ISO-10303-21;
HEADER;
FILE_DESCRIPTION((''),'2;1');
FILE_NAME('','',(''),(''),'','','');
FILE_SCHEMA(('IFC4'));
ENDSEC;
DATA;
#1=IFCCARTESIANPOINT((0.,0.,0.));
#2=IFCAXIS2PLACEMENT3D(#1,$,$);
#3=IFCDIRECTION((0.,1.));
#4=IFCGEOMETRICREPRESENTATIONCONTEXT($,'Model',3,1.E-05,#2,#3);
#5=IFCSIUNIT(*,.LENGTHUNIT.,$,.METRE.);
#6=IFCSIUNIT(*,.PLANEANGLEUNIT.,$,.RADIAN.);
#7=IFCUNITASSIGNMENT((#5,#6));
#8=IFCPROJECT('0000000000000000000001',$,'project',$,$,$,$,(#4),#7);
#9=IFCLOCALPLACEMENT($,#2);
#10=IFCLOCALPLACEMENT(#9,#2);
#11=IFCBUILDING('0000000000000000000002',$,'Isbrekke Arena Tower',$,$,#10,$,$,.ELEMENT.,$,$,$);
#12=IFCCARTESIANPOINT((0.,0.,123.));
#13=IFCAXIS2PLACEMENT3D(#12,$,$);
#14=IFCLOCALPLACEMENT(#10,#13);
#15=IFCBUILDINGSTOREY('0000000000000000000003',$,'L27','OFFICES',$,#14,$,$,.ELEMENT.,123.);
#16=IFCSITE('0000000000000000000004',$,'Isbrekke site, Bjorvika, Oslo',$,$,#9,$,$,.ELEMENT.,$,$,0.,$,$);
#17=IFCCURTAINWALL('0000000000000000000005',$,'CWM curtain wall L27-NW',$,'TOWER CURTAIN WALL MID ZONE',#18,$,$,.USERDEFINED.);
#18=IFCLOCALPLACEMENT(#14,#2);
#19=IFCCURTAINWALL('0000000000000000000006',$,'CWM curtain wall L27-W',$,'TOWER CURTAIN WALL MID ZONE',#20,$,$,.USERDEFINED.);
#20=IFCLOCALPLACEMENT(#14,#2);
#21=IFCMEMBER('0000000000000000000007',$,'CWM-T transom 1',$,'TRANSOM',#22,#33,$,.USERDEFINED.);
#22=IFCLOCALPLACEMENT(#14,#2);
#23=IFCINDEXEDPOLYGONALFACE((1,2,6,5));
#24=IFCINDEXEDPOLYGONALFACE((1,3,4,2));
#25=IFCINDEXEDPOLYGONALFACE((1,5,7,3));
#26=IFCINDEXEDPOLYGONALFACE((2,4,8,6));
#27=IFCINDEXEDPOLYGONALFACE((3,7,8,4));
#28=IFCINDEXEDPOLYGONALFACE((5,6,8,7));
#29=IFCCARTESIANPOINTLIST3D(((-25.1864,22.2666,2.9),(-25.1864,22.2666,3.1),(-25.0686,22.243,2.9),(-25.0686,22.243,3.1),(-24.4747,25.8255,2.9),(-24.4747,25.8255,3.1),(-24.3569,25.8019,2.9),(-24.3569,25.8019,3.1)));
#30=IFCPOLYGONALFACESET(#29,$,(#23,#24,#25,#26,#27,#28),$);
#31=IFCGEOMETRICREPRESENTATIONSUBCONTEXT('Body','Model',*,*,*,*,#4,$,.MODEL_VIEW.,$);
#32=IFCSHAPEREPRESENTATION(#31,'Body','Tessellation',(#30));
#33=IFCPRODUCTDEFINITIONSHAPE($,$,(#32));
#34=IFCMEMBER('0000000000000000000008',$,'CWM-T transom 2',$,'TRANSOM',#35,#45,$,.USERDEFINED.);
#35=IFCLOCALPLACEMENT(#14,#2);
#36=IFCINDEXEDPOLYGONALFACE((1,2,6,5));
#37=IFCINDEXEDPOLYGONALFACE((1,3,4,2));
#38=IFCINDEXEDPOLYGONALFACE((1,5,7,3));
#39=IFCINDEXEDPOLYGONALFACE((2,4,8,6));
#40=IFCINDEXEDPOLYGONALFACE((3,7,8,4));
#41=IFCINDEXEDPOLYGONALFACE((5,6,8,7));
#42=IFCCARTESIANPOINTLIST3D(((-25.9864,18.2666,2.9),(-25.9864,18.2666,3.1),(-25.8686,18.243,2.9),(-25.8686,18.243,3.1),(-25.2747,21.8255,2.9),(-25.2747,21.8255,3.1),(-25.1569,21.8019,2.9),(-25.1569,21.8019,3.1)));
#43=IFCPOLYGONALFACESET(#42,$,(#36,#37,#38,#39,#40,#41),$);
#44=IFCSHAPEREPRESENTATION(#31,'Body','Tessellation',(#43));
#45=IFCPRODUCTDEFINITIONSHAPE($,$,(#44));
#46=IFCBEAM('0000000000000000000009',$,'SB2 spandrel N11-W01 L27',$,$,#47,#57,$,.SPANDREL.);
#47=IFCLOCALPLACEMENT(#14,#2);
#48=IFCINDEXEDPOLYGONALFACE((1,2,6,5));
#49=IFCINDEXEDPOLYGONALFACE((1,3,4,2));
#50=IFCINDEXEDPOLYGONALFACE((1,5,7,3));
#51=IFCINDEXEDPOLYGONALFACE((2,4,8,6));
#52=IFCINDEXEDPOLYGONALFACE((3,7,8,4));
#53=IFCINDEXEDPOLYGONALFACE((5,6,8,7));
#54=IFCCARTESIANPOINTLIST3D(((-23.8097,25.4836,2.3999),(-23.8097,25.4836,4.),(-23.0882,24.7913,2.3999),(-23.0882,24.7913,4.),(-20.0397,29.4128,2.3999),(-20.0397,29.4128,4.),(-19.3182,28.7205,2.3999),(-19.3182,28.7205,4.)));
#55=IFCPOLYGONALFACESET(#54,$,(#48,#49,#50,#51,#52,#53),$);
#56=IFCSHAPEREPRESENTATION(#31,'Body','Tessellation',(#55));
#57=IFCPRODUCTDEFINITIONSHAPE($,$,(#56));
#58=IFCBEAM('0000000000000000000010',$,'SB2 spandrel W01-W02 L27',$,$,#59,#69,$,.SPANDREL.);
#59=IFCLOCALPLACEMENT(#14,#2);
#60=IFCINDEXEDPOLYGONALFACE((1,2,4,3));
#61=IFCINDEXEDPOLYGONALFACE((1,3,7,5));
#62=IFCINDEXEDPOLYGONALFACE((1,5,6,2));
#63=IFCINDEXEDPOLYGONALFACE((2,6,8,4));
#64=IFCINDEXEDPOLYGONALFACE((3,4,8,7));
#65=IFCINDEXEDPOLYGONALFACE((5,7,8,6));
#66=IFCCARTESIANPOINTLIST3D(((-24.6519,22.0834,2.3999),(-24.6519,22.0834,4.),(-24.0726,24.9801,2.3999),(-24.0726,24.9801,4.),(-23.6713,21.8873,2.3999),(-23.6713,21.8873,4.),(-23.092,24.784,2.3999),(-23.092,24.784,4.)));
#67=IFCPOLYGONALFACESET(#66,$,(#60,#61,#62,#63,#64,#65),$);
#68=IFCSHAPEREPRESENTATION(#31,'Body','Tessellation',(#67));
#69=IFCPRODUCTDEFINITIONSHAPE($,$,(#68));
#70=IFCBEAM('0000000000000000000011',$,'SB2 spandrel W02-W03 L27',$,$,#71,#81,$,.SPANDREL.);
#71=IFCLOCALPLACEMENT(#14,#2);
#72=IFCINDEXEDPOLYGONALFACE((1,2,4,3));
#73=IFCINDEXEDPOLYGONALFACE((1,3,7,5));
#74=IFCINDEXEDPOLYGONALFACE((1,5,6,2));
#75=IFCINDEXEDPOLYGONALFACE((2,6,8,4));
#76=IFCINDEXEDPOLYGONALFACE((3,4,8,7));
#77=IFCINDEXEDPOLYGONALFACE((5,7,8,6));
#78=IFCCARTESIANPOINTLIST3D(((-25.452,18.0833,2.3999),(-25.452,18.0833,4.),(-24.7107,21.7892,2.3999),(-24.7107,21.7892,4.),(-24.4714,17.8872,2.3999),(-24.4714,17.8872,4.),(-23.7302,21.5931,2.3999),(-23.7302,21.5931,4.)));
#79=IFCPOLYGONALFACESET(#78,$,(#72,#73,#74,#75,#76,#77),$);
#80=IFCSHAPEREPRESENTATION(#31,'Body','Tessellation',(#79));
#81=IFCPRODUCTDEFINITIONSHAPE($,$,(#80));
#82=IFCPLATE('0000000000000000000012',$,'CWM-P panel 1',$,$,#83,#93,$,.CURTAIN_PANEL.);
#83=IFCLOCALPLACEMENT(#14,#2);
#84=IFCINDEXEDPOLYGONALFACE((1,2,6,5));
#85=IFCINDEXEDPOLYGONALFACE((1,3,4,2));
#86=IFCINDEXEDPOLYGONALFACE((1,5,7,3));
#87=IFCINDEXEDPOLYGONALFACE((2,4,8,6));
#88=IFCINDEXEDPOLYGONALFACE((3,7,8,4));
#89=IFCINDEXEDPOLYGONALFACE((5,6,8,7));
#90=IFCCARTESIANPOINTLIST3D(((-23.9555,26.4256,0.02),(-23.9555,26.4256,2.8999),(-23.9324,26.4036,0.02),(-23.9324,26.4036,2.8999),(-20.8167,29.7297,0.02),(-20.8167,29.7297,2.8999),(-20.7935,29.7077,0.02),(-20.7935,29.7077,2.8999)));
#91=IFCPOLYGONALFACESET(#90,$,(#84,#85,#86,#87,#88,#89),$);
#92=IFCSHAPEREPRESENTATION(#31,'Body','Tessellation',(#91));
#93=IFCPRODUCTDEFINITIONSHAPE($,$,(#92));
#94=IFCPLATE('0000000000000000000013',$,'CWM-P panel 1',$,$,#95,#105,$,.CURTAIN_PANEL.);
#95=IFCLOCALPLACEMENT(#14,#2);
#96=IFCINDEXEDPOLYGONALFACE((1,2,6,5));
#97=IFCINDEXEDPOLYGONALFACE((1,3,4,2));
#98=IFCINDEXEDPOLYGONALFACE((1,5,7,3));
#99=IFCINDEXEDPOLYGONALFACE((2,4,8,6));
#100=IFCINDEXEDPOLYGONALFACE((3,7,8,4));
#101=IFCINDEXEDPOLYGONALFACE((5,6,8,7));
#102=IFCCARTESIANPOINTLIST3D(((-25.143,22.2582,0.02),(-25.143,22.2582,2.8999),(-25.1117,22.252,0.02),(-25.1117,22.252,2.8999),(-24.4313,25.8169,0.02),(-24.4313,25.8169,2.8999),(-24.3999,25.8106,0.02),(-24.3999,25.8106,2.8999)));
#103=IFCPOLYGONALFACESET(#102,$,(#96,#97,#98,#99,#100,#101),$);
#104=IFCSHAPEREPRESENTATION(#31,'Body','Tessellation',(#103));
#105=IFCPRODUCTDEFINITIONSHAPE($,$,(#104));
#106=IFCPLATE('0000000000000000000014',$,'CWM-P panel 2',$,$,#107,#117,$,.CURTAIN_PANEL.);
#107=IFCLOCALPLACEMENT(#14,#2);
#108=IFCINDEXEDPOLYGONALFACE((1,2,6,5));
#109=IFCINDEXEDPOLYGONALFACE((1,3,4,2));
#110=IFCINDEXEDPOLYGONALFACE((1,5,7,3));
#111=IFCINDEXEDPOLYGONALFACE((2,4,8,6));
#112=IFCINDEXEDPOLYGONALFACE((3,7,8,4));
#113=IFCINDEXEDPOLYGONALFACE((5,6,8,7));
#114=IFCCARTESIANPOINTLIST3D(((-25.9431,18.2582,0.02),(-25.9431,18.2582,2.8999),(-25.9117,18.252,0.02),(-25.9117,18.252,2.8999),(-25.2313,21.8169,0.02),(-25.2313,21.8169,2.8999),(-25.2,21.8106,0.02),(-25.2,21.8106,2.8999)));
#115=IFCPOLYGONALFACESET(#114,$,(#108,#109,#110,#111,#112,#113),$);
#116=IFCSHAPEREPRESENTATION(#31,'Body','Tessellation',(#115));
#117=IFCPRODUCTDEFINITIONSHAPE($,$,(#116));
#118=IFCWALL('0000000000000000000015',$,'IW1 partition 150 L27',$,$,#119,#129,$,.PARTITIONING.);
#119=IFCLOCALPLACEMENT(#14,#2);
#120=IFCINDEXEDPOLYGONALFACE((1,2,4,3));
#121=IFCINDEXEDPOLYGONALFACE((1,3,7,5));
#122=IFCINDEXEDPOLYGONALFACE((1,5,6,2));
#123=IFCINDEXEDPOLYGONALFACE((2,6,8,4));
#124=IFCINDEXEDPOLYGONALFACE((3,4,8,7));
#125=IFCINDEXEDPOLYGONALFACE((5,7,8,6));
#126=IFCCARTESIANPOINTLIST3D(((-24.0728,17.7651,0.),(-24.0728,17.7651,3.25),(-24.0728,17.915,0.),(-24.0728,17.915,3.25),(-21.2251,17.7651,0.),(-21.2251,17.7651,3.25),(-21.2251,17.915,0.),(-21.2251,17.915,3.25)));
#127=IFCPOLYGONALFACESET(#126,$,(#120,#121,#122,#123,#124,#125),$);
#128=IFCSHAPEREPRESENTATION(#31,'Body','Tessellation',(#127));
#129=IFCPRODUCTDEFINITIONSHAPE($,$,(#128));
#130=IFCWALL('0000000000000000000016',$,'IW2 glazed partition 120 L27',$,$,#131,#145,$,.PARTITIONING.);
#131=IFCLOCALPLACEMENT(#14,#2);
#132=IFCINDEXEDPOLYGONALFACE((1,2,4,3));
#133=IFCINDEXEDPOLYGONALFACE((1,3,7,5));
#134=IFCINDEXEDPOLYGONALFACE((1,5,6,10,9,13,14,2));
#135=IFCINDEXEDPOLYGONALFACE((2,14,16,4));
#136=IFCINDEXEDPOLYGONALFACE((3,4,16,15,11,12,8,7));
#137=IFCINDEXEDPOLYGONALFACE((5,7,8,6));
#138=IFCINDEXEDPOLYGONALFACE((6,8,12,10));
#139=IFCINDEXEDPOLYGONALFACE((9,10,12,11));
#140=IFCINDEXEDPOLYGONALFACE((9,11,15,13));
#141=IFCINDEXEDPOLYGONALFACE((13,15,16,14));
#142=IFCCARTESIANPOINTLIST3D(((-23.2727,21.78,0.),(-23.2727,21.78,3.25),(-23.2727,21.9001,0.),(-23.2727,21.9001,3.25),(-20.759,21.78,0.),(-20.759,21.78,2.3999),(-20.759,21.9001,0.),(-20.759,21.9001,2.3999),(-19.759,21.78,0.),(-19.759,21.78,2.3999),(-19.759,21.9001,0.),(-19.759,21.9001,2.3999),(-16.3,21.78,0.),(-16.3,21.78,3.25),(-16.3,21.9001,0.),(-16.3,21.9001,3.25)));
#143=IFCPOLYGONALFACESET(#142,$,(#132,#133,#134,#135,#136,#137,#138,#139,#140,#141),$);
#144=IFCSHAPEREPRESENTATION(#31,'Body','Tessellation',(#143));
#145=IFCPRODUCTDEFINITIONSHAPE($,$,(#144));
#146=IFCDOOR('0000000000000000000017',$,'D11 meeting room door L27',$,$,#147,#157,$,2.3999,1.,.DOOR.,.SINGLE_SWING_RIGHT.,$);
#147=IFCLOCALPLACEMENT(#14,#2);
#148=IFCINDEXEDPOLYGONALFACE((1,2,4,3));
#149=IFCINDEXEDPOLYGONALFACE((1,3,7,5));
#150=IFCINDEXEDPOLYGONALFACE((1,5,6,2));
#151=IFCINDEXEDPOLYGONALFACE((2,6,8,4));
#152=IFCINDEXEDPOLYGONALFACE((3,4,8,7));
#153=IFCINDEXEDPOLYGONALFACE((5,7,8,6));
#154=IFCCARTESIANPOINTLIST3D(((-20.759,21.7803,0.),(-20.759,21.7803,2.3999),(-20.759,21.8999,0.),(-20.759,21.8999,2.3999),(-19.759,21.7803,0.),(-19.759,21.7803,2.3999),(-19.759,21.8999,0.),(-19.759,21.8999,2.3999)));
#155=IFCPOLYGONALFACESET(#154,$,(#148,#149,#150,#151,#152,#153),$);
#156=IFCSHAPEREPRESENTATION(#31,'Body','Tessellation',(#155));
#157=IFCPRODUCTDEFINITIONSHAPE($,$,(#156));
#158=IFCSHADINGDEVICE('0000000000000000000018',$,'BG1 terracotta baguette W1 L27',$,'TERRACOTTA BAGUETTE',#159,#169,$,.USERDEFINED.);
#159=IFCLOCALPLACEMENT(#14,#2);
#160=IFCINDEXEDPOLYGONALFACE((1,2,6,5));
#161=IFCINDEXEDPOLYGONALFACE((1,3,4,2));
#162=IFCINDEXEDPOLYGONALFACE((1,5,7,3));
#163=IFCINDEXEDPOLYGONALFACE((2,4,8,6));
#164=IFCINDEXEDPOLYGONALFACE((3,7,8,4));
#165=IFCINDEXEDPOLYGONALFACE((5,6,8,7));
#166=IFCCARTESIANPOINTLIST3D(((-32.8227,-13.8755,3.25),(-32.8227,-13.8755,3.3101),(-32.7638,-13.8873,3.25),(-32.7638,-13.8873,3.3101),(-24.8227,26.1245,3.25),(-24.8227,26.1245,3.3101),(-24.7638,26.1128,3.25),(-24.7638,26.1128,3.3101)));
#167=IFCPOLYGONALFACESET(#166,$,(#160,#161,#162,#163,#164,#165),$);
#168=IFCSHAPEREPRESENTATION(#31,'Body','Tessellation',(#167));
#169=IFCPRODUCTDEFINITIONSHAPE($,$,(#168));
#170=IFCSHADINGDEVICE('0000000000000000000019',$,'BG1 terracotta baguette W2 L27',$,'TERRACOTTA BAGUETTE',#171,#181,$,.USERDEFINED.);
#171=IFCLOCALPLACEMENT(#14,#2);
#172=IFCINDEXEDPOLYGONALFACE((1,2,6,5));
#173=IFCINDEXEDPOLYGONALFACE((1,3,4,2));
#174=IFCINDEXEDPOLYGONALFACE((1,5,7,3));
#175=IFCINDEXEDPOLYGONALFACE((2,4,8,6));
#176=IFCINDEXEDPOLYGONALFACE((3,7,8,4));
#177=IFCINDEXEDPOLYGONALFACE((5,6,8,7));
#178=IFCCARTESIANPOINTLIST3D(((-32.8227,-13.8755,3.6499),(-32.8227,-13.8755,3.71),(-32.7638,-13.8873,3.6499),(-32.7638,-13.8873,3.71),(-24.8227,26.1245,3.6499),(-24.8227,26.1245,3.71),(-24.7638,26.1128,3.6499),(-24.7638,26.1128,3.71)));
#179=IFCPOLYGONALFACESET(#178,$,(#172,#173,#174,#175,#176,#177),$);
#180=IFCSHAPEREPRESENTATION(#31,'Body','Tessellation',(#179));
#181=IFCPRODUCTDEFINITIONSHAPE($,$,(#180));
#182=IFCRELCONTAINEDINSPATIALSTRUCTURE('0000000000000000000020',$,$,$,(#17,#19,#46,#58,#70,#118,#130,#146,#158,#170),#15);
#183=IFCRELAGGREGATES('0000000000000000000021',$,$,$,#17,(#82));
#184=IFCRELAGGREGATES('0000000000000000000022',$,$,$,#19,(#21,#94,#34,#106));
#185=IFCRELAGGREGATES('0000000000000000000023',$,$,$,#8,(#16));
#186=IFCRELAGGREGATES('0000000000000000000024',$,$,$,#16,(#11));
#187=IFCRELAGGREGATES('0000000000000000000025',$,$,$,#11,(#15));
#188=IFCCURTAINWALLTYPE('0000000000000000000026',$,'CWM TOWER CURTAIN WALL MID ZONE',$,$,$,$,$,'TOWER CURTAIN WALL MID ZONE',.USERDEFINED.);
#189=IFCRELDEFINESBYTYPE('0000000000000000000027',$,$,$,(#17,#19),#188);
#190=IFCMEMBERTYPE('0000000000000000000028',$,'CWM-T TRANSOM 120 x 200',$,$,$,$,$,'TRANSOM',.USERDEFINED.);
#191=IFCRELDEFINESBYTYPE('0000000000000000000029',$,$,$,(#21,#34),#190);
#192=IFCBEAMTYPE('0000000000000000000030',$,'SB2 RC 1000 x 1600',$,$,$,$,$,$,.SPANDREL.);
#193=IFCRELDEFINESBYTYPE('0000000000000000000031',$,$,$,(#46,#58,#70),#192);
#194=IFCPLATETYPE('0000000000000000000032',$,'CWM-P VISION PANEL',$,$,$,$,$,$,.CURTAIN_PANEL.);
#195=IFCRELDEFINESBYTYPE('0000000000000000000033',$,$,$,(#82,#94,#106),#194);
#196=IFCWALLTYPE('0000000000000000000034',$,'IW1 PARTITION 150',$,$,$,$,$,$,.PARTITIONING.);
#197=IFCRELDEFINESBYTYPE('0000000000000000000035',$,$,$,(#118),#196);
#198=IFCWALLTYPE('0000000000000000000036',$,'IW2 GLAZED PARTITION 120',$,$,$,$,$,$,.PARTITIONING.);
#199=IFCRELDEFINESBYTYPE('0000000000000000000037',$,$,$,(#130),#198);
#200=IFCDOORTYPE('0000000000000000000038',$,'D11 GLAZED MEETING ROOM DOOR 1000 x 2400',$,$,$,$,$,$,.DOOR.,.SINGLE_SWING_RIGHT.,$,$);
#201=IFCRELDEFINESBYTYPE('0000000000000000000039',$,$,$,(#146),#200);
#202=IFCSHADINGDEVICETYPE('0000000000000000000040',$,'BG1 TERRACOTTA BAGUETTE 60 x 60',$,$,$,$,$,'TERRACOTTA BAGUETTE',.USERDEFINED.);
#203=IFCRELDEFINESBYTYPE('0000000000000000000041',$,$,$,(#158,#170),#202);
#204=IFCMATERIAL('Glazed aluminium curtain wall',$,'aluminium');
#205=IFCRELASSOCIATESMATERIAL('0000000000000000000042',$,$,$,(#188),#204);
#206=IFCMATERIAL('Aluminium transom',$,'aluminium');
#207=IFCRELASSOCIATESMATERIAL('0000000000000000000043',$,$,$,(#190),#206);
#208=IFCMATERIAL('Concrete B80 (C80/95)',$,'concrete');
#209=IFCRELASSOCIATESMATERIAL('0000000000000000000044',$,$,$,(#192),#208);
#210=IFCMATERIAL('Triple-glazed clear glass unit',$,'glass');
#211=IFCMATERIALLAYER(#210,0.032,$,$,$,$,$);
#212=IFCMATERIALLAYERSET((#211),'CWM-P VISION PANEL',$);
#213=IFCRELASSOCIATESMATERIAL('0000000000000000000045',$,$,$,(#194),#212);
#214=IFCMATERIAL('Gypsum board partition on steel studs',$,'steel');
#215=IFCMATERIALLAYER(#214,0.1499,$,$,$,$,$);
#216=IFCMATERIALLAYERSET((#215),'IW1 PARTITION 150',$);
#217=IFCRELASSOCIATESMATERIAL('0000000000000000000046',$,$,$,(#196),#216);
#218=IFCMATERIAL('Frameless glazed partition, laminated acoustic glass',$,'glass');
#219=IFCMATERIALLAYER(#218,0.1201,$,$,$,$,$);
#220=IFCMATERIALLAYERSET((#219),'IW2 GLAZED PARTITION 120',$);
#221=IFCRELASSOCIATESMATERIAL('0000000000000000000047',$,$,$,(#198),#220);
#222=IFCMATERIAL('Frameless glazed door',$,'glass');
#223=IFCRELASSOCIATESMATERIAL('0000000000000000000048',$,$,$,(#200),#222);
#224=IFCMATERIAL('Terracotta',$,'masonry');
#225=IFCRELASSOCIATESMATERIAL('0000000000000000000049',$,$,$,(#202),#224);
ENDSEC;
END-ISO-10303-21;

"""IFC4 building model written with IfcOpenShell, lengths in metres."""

from ifc_helpers import new_model, si_unit, direction, frame, frame_2d, origin, origin_2d, place, context, subcontext, project, spatial, rectangle, extrude, material, layer, layer_set, material_profile, profile_set, type_object, element, fill, aggregate, save


model = new_model("IFC4")

# Units and contexts
model_context = context("Model", 3, precision=1e-05, world=origin(), true_north=direction((0.0, 1.0)))
body_context = subcontext(model_context, "Body", "Model", "MODEL_VIEW")
ifc_project = project(units=[si_unit("LENGTHUNIT", "METRE"), si_unit("PLANEANGLEUNIT", "RADIAN")], contexts=[model_context])

# Site, building, storey
site_placement = place(None, origin())
site = spatial("IfcSite", under=ifc_project, at=site_placement, Name="Isbrekke site, Bjorvika, Oslo", CompositionType="ELEMENT", RefElevation=0.0)
building_placement = place(site_placement, origin())
building = spatial("IfcBuilding", under=site, at=building_placement, Name="Isbrekke Arena Tower", CompositionType="ELEMENT")
storey_placement = place(building_placement, frame((0.0, 0.0, 123.0)))
storey = spatial("IfcBuildingStorey", under=building, at=storey_placement, Name="L27", Description="OFFICES", CompositionType="ELEMENT", Elevation=123.0)

# Shared definitions
ifc_material_1 = material(Name="Glazed aluminium curtain wall", Category="aluminium")
curtain_wall_type = type_object("IfcCurtainWallType", Name="CWM TOWER CURTAIN WALL MID ZONE", ElementType="TOWER CURTAIN WALL MID ZONE", PredefinedType="USERDEFINED", material=ifc_material_1)

# Curtain walls
curtain_wall_1_placement = place(storey_placement, origin())
curtain_wall_1 = element("IfcCurtainWall", 1, at=curtain_wall_1_placement, inside=storey, type_object=curtain_wall_type, Name="CWM curtain wall L27-NW", ObjectType="TOWER CURTAIN WALL MID ZONE", PredefinedType="USERDEFINED")
curtain_wall_2_placement = place(storey_placement, origin())
curtain_wall_2 = element("IfcCurtainWall", 2, at=curtain_wall_2_placement, inside=storey, type_object=curtain_wall_type, Name="CWM curtain wall L27-W", ObjectType="TOWER CURTAIN WALL MID ZONE", PredefinedType="USERDEFINED")

# Members
ifc_material_2 = material(Name="Aluminium transom", Category="aluminium")
ifc_material_profile_1 = material_profile(ifc_material_2, rectangle(XDim=0.1201, YDim=0.2, at=origin_2d()), Name="TRANSOM 120X200")
ifc_profile_set_1 = profile_set([ifc_material_profile_1], Name="Aluminium transom")
member_type_1 = type_object("IfcMemberType", Name="CWM-T TRANSOM 120 x 200", ElementType="TRANSOM", PredefinedType="USERDEFINED", material=ifc_profile_set_1)
member_1_placement = place(storey_placement, frame((-24.4158, 25.8137, 3.0), z_axis=(-0.19609, -0.980586, 0.0), x_axis=(0.980586, -0.19609, 0.0)))
member_1 = element("IfcMember", 3, at=member_1_placement, type_object=member_type_1, Name="CWM-T transom 1", ObjectType="TRANSOM", PredefinedType="USERDEFINED", context=body_context, shape_type="SweptSolid", body=[
    extrude(rectangle(XDim=0.1201, YDim=0.2, at=origin_2d()), origin(), (0.0, 0.0, 1.0), 3.6294),
])
member_2_placement = place(storey_placement, frame((-25.2158, 21.8137, 3.0), z_axis=(-0.19609, -0.980586, 0.0), x_axis=(0.980586, -0.19609, 0.0)))
member_2 = element("IfcMember", 4, at=member_2_placement, type_object=member_type_1, Name="CWM-T transom 2", ObjectType="TRANSOM", PredefinedType="USERDEFINED", context=body_context, shape_type="SweptSolid", body=[
    extrude(rectangle(XDim=0.1201, YDim=0.2, at=origin_2d()), origin(), (0.0, 0.0, 1.0), 3.6294),
])

# Beams
ifc_material_3 = material(Name="Concrete B80 (C80/95)", Category="concrete")
ifc_material_profile_2 = material_profile(ifc_material_3, rectangle(XDim=1.0, YDim=1.6001, at=origin_2d()), Name="RC 1000x1600")
ifc_profile_set_2 = profile_set([ifc_material_profile_2], Name="Concrete B80 (C80/95)")
beam_type_1 = type_object("IfcBeamType", Name="SB2 RC 1000 x 1600", PredefinedType="SPANDREL", material=ifc_profile_set_2)
beam_1_placement = place(storey_placement, frame((-19.679, 29.0667, 3.2), z_axis=(-0.69234, -0.721572, 0.0), x_axis=(0.721572, -0.69234, 0.0)))
element("IfcBeam", 5, at=beam_1_placement, inside=storey, type_object=beam_type_1, Name="SB2 spandrel N11-W01 L27", PredefinedType="SPANDREL", context=body_context, shape_type="SweptSolid", body=[
    extrude(rectangle(XDim=1.0, YDim=1.6001, at=origin_2d()), origin(), (0.0, 0.0, 1.0), 5.4453),
])
beam_2_placement = place(storey_placement, frame((-23.5823, 24.8821, 3.2), z_axis=(-0.196116, -0.980581, 0.0), x_axis=(0.980581, -0.196116, 0.0)))
element("IfcBeam", 6, at=beam_2_placement, inside=storey, type_object=beam_type_1, Name="SB2 spandrel W01-W02 L27", PredefinedType="SPANDREL", context=body_context, shape_type="SweptSolid", body=[
    extrude(rectangle(XDim=1.0, YDim=1.6001, at=origin_2d()), origin(), (0.0, 0.0, 1.0), 2.9541),
])
beam_3_placement = place(storey_placement, frame((-24.2205, 21.6912, 3.2), z_axis=(-0.196129, -0.980578, 0.0), x_axis=(0.980578, -0.196129, 0.0)))
element("IfcBeam", 7, at=beam_3_placement, inside=storey, type_object=beam_type_1, Name="SB2 spandrel W02-W03 L27", PredefinedType="SPANDREL", context=body_context, shape_type="SweptSolid", body=[
    extrude(rectangle(XDim=1.0, YDim=1.6001, at=origin_2d()), origin(), (0.0, 0.0, 1.0), 3.7793),
])

# Plates
ifc_material_4 = material(Name="Triple-glazed clear glass unit", Category="glass")
ifc_layer_1 = layer(ifc_material_4, 0.032)
ifc_layer_set_1 = layer_set([ifc_layer_1], Name="CWM-P VISION PANEL")
plate_type = type_object("IfcPlateType", Name="CWM-P VISION PANEL", PredefinedType="CURTAIN_PANEL", material=ifc_layer_set_1)
plate_1_placement = place(storey_placement, frame((-22.3745, 28.0667, 0.02), z_axis=(0.0, 0.0, 1.0), x_axis=(-0.688749, -0.724999, 0.0)))
plate_1 = element("IfcPlate", 8, at=plate_1_placement, type_object=plate_type, Name="CWM-P panel 1", PredefinedType="CURTAIN_PANEL", context=body_context, shape_type="SweptSolid", body=[
    extrude(rectangle(XDim=4.5574, YDim=0.032, at=origin_2d()), origin(), (0.0, 0.0, 1.0), 2.8799),
])
aggregate(curtain_wall_1, [plate_1])
plate_2_placement = place(storey_placement, frame((-24.7715, 24.0344, 0.02), z_axis=(0.0, 0.0, 1.0), x_axis=(-0.196116, -0.980581, 0.0)))
plate_2 = element("IfcPlate", 9, at=plate_2_placement, type_object=plate_type, Name="CWM-P panel 1", PredefinedType="CURTAIN_PANEL", context=body_context, shape_type="SweptSolid", body=[
    extrude(rectangle(XDim=3.6292, YDim=0.032, at=origin_2d()), origin(), (0.0, 0.0, 1.0), 2.8799),
])
plate_3_placement = place(storey_placement, frame((-25.5715, 20.0344, 0.02), z_axis=(0.0, 0.0, 1.0), x_axis=(-0.196116, -0.980581, 0.0)))
plate_3 = element("IfcPlate", 10, at=plate_3_placement, type_object=plate_type, Name="CWM-P panel 2", PredefinedType="CURTAIN_PANEL", context=body_context, shape_type="SweptSolid", body=[
    extrude(rectangle(XDim=3.6292, YDim=0.032, at=origin_2d()), origin(), (0.0, 0.0, 1.0), 2.8799),
])
aggregate(curtain_wall_2, [member_1, plate_2, member_2, plate_3])

# Wall
ifc_material_5 = material(Name="Gypsum board partition on steel studs", Category="steel")
ifc_layer_2 = layer(ifc_material_5, 0.1499)
ifc_layer_set_2 = layer_set([ifc_layer_2], Name="IW1 PARTITION 150")
wall_type_1 = type_object("IfcWallType", Name="IW1 PARTITION 150", PredefinedType="PARTITIONING", material=ifc_layer_set_2)
wall_1_placement = place(storey_placement, frame((-24.0728, 17.8401, 0.0), z_axis=(0.0, 0.0, 1.0), x_axis=(1.0, 0.0, 0.0)))
element("IfcWall", 11, at=wall_1_placement, inside=storey, type_object=wall_type_1, Name="IW1 partition 150 L27", PredefinedType="PARTITIONING", context=body_context, shape_type="SweptSolid", body=[
    extrude(rectangle(XDim=2.8477, YDim=0.1499, at=frame_2d((1.4238, 0.0))), origin(), (0.0, 0.0, 1.0), 3.25),
])

# Wall, opening, door
ifc_material_6 = material(Name="Frameless glazed partition, laminated acoustic glass", Category="glass")
ifc_layer_3 = layer(ifc_material_6, 0.1201)
ifc_layer_set_3 = layer_set([ifc_layer_3], Name="IW2 GLAZED PARTITION 120")
wall_type_2 = type_object("IfcWallType", Name="IW2 GLAZED PARTITION 120", PredefinedType="PARTITIONING", material=ifc_layer_set_3)
wall_2_placement = place(storey_placement, frame((-23.2727, 21.8401, 0.0), z_axis=(0.0, 0.0, 1.0), x_axis=(1.0, 0.0, 0.0)))
wall_2 = element("IfcWall", 12, at=wall_2_placement, inside=storey, type_object=wall_type_2, Name="IW2 glazed partition 120 L27", PredefinedType="PARTITIONING", context=body_context, shape_type="SweptSolid", body=[
    extrude(rectangle(XDim=6.9727, YDim=0.1201, at=frame_2d((3.4863, 0.0))), origin(), (0.0, 0.0, 1.0), 3.25),
])
opening_placement = place(wall_2_placement, frame((2.5137, 0.0, 0.0)))
opening = element("IfcOpeningElement", 13, at=opening_placement, cuts=wall_2, PredefinedType="OPENING", context=body_context, shape_type="SweptSolid", body=[
    extrude(rectangle(XDim=1.0, YDim=2.3999, at=frame_2d((0.5, 1.2))), frame((0.0, 0.075, 0.0), z_axis=(0.0, -1.0, 0.0), x_axis=(1.0, 0.0, 0.0)), (0.0, 0.0, 1.0), 0.1499),
])
ifc_material_7 = material(Name="Frameless glazed door", Category="glass")
door_type = type_object("IfcDoorType", Name="D11 GLAZED MEETING ROOM DOOR 1000 x 2400", OperationType="SINGLE_SWING_RIGHT", PredefinedType="DOOR", material=ifc_material_7)
door_placement = place(opening_placement, origin())
door = element("IfcDoor", 14, at=door_placement, inside=storey, type_object=door_type, Name="D11 meeting room door L27", OperationType="SINGLE_SWING_RIGHT", OverallHeight=2.3999, OverallWidth=1.0, PredefinedType="DOOR", context=body_context, shape_type="SweptSolid", body=[
    extrude(rectangle(XDim=1.0, YDim=2.3999, at=frame_2d((0.5, 1.2))), frame((0.0, 0.0598, 0.0), z_axis=(0.0, -1.0, 0.0), x_axis=(1.0, 0.0, 0.0)), (0.0, 0.0, 1.0), 0.1196),
])
fill(opening, door)

# Shading devices
ifc_material_8 = material(Name="Terracotta", Category="masonry")
ifc_material_profile_3 = material_profile(ifc_material_8, rectangle(XDim=0.0601, YDim=0.0601, at=origin_2d()), Name="BAGUETTE 60X60")
ifc_profile_set_3 = profile_set([ifc_material_profile_3], Name="Terracotta")
shading_device_type = type_object("IfcShadingDeviceType", Name="BG1 TERRACOTTA BAGUETTE 60 x 60", ElementType="TERRACOTTA BAGUETTE", PredefinedType="USERDEFINED", material=ifc_profile_set_3)
for number, where, z_axis, x_axis, name in (
    (15, (-24.7932, 26.1187, 3.28), (-0.196116, -0.980581, 0.0), (0.980581, -0.196116, 0.0), "BG1 terracotta baguette W1 L27"),
    (16, (-24.7932, 26.1187, 3.6799), (-0.196116, -0.980581, 0.0), (0.980581, -0.196116, 0.0), "BG1 terracotta baguette W2 L27"),
):
    element("IfcShadingDevice", number, at=place(storey_placement, frame(where, z_axis=z_axis, x_axis=x_axis)), inside=storey, type_object=shading_device_type, Name=name, ObjectType="TERRACOTTA BAGUETTE", PredefinedType="USERDEFINED", context=body_context, shape_type="SweptSolid", body=[
        extrude(rectangle(XDim=0.0601, YDim=0.0601, at=origin_2d()), origin(), (0.0, 0.0, 1.0), 40.7922),
    ])

save(model, "model.ifc")
